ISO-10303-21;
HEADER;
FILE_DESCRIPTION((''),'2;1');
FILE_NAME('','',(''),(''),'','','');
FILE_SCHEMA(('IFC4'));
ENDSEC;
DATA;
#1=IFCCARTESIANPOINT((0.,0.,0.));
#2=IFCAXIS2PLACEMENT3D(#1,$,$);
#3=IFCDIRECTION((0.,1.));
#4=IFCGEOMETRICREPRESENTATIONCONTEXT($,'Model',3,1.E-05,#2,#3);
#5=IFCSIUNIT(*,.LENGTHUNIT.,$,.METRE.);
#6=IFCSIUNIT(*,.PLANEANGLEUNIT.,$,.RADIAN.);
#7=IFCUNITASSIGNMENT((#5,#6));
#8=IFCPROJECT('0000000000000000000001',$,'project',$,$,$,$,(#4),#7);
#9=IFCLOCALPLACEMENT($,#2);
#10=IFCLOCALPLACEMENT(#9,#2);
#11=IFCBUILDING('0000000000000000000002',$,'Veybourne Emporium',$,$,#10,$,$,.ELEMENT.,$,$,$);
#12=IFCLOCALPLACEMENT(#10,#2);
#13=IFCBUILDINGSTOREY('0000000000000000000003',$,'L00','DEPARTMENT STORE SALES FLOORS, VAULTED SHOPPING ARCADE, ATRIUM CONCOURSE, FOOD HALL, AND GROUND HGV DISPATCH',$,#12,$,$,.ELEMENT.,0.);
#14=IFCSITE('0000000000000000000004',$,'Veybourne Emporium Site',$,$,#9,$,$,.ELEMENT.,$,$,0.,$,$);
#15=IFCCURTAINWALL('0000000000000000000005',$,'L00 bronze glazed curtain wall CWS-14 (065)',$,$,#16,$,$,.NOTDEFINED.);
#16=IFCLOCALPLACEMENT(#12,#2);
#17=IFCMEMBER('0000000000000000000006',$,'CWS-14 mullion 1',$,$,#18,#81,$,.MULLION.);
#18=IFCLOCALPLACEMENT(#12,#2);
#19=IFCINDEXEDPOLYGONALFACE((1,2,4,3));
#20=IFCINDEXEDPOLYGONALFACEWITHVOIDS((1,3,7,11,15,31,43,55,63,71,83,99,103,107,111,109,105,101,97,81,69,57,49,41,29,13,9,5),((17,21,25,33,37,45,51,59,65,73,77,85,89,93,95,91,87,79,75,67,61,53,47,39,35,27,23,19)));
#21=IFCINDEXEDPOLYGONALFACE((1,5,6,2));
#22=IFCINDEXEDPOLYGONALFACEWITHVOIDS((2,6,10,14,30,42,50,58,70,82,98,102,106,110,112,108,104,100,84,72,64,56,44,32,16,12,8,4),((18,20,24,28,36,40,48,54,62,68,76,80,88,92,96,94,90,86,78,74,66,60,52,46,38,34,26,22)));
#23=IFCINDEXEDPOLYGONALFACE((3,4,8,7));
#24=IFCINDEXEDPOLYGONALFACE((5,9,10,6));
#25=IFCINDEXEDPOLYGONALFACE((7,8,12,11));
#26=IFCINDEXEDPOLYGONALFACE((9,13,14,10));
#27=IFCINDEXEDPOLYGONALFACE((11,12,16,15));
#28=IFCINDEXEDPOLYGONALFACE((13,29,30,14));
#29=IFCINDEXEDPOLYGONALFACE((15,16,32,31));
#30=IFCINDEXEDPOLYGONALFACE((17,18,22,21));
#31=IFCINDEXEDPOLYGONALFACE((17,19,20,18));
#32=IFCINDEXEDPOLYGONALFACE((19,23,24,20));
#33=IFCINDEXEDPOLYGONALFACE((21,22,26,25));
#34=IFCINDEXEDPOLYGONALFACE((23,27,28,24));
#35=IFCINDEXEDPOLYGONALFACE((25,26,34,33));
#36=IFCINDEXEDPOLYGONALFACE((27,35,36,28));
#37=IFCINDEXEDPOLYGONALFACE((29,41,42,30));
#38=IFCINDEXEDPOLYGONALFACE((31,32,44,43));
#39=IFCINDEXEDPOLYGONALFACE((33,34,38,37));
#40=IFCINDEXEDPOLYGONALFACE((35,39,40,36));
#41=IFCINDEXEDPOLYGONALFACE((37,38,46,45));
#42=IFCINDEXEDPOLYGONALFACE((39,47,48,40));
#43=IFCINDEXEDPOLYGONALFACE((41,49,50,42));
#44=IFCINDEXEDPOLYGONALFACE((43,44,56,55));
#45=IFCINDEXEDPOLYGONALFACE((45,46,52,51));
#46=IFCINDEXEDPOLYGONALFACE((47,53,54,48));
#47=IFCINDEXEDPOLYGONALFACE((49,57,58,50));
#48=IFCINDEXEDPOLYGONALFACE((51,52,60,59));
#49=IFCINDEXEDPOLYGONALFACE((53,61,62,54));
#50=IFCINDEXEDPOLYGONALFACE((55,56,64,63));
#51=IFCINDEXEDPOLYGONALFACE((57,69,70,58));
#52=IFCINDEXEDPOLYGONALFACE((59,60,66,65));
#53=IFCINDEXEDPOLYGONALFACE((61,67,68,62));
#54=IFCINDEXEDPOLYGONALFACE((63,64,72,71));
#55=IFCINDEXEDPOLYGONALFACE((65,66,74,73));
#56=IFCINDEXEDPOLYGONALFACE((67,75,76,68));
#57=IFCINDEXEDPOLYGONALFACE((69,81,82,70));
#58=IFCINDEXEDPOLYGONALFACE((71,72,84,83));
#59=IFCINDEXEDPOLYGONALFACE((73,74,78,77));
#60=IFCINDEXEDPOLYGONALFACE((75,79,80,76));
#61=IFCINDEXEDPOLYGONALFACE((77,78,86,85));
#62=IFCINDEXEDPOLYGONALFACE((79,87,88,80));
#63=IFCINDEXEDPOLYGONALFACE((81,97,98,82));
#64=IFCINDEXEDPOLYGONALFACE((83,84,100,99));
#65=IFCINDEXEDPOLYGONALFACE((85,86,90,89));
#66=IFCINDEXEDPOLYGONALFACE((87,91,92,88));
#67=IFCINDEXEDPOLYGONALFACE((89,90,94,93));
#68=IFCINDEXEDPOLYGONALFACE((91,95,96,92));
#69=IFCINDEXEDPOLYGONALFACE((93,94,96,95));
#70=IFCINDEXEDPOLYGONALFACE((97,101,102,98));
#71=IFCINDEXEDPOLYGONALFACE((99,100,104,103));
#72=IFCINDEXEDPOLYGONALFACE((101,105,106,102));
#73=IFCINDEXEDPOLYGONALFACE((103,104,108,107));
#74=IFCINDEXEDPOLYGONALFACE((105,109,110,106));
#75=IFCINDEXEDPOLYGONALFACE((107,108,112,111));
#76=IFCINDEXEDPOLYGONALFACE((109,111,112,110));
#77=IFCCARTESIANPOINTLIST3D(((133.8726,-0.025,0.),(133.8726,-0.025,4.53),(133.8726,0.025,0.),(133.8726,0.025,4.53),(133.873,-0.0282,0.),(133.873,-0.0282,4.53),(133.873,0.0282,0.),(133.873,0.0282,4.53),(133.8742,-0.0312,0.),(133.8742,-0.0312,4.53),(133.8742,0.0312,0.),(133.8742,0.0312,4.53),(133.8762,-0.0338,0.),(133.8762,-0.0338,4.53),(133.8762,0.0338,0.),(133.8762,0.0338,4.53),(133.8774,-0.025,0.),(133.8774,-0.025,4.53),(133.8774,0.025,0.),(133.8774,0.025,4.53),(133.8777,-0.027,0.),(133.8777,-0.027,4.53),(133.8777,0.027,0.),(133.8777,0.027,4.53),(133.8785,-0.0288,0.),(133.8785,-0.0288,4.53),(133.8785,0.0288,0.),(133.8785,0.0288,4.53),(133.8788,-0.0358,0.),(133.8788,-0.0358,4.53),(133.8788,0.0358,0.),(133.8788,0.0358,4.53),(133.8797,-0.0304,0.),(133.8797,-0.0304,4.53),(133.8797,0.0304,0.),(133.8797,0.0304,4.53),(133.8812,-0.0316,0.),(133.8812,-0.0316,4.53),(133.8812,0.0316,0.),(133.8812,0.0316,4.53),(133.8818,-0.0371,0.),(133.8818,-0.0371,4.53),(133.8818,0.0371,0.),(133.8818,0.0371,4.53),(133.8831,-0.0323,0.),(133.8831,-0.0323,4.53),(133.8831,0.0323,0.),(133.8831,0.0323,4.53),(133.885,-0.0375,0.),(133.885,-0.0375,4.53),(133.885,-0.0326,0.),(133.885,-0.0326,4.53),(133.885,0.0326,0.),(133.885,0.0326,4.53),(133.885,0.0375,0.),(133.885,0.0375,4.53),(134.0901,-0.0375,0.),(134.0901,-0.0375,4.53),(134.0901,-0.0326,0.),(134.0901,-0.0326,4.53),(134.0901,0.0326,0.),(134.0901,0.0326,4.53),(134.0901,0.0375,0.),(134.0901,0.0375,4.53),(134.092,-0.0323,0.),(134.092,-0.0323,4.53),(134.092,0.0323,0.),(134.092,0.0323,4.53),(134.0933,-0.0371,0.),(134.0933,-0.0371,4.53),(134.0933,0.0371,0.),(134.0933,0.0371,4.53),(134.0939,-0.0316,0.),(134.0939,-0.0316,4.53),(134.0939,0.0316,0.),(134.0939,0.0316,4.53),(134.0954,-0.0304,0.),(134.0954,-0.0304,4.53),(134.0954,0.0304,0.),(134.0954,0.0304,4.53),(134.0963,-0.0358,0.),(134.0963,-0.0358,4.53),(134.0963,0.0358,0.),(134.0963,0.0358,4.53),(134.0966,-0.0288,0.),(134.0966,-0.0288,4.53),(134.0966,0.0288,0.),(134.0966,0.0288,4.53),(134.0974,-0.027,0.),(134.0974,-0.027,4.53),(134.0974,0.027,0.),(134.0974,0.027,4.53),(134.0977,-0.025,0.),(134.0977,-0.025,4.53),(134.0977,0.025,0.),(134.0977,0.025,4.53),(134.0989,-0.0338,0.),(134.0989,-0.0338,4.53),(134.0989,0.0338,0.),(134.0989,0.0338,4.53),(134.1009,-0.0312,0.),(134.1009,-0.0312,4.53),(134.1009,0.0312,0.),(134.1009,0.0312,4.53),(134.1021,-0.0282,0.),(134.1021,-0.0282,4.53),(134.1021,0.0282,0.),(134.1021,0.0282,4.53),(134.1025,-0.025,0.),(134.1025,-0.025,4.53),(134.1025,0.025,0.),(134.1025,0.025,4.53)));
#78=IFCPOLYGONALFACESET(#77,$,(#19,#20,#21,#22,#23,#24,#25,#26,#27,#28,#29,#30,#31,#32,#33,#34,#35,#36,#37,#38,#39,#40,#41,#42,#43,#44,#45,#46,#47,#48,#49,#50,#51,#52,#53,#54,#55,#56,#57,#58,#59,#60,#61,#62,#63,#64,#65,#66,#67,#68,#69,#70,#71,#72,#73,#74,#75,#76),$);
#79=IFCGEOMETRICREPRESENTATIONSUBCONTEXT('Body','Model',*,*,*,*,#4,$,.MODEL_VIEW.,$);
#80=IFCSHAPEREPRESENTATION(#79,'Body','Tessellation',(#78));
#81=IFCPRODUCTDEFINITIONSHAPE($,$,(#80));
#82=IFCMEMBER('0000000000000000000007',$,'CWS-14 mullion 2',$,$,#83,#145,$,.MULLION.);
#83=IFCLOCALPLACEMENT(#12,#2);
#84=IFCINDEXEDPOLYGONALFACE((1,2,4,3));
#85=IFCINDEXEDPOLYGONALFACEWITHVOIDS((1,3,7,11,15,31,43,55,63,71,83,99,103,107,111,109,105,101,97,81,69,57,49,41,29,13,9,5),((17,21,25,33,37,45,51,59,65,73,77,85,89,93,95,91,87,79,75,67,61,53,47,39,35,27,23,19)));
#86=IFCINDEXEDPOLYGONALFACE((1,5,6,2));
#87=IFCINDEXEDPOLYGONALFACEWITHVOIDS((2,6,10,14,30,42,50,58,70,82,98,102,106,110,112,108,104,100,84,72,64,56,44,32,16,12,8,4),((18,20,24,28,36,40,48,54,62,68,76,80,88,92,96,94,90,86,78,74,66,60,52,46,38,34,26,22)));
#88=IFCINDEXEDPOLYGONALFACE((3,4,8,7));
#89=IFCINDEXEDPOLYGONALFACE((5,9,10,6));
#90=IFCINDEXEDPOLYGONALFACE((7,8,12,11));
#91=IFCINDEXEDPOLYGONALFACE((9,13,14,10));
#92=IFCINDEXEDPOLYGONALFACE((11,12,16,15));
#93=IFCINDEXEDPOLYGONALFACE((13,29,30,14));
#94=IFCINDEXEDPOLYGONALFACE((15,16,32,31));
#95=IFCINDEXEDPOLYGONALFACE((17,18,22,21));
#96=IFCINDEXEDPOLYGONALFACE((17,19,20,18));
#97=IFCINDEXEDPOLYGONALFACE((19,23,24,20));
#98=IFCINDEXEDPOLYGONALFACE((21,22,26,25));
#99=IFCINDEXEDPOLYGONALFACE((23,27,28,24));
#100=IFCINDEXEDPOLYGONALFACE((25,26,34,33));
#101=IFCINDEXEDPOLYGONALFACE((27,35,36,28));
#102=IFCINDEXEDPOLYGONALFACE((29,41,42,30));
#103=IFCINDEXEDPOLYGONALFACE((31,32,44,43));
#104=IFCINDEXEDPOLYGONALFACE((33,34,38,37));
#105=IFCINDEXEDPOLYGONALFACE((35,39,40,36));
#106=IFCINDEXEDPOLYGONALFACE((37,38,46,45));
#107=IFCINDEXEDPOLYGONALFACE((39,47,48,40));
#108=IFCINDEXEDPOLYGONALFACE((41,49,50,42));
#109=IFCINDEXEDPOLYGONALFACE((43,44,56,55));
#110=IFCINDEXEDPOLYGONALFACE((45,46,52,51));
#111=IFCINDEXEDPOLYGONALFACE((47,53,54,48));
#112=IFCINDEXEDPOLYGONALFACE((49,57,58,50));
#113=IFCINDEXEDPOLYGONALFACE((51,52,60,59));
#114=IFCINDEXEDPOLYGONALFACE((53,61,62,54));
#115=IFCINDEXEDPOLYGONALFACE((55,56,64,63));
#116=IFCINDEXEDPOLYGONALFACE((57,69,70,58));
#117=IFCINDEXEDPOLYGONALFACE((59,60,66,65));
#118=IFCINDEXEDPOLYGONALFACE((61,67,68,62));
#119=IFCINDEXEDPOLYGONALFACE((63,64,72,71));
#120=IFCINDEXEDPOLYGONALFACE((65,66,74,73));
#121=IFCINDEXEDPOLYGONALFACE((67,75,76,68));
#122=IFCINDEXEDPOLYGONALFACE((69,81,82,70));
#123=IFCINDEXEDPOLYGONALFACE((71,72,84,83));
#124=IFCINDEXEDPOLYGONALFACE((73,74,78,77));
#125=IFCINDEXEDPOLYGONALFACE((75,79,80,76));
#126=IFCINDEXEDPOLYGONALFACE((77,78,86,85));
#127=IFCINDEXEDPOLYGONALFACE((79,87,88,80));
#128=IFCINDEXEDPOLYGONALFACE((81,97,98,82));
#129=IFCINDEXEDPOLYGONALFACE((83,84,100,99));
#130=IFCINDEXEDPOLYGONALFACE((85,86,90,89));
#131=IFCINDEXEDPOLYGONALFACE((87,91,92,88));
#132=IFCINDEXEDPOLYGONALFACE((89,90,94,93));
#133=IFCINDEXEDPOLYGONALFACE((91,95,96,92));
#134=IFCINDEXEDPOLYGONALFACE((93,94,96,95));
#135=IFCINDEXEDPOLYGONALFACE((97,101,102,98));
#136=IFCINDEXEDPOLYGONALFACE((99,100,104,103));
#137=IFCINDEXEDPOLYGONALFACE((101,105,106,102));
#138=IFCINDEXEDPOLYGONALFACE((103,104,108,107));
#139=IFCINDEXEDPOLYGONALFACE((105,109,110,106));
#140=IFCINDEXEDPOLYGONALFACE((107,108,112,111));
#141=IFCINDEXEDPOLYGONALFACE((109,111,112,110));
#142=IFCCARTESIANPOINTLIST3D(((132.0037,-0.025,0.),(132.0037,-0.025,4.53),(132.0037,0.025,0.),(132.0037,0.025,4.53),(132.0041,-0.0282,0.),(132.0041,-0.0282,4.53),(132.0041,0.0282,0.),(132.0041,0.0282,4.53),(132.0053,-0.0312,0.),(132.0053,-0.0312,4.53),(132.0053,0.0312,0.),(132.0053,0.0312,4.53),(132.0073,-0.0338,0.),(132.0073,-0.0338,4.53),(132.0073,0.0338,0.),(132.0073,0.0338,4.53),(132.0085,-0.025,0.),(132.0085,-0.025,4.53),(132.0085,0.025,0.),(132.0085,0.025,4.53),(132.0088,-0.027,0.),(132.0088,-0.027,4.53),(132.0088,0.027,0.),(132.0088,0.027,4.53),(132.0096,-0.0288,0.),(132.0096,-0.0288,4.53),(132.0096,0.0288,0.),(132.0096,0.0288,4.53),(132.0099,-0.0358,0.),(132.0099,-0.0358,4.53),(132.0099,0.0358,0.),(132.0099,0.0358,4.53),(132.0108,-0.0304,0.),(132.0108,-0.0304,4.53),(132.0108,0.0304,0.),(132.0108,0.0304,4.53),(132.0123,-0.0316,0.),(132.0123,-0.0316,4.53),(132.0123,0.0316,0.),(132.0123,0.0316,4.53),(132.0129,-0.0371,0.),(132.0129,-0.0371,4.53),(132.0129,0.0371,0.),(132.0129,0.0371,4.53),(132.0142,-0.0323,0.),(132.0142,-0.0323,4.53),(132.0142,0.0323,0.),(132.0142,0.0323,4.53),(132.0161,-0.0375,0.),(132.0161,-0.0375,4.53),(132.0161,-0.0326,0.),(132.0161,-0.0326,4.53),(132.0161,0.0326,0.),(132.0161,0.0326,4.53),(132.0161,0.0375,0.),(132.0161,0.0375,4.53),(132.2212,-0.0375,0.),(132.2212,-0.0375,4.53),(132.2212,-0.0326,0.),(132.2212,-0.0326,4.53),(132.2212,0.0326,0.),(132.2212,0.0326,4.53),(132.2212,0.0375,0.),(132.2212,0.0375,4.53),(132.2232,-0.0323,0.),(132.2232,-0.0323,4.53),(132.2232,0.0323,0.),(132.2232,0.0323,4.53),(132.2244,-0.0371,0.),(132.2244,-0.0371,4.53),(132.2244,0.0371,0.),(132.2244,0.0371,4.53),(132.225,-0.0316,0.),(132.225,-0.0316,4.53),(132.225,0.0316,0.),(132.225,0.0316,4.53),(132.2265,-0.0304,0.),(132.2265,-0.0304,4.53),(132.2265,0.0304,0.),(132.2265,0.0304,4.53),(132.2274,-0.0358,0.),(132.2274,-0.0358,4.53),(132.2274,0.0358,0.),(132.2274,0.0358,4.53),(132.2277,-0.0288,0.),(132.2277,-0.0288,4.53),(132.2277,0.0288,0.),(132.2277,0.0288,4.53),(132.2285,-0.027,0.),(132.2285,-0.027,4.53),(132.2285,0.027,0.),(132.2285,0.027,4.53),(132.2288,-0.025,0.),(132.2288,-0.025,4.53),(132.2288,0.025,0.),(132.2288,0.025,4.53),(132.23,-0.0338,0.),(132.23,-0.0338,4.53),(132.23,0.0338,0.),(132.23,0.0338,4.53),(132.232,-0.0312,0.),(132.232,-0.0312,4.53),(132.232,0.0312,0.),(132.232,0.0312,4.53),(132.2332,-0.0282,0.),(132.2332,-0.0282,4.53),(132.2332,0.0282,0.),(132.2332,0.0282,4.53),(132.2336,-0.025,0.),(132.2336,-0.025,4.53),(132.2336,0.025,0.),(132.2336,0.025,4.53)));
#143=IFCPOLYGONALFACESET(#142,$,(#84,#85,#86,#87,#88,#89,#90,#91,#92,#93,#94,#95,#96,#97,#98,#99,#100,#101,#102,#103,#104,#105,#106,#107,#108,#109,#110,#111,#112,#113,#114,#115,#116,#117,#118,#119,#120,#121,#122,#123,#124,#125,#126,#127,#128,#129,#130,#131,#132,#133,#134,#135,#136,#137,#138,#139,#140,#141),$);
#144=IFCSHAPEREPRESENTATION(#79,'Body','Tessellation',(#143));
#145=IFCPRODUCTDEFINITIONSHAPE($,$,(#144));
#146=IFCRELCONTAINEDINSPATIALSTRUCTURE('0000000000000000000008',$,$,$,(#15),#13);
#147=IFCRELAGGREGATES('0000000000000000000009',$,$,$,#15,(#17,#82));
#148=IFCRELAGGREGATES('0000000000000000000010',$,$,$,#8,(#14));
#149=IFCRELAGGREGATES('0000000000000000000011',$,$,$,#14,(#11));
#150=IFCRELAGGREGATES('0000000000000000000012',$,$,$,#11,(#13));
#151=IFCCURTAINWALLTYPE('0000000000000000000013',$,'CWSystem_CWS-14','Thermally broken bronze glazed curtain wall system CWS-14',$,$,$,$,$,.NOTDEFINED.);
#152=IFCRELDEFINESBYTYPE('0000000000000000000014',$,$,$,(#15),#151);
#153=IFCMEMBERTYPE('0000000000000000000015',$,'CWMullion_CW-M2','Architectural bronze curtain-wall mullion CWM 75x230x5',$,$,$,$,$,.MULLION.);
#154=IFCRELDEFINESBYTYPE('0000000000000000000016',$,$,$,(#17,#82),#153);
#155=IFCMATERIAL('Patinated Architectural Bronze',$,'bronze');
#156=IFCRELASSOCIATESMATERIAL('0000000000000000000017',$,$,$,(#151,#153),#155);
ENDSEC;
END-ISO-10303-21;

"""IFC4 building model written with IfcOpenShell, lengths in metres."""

from ifc_helpers import new_model, si_unit, direction, frame, origin, origin_2d, place, context, subcontext, project, spatial, hollow_rectangle, extrude, material, material_profile, profile_set, type_object, element, aggregate, save


model = new_model("IFC4")

# Units and contexts
model_context = context("Model", 3, precision=1e-05, world=origin(), true_north=direction((0.0, 1.0)))
body_context = subcontext(model_context, "Body", "Model", "MODEL_VIEW")
ifc_project = project(units=[si_unit("LENGTHUNIT", "METRE"), si_unit("PLANEANGLEUNIT", "RADIAN")], contexts=[model_context])

# Site, building, storey
site_placement = place(None, origin())
site = spatial("IfcSite", under=ifc_project, at=site_placement, Name="Veybourne Emporium Site", CompositionType="ELEMENT", RefElevation=0.0)
building_placement = place(site_placement, origin())
building = spatial("IfcBuilding", under=site, at=building_placement, Name="Veybourne Emporium", CompositionType="ELEMENT")
storey_placement = place(building_placement, origin())
storey = spatial("IfcBuildingStorey", under=building, at=storey_placement, Name="L00", Description="DEPARTMENT STORE SALES FLOORS, VAULTED SHOPPING ARCADE, ATRIUM CONCOURSE, FOOD HALL, AND GROUND HGV DISPATCH", CompositionType="ELEMENT", Elevation=0.0)

# Curtain wall, members
ifc_material_1 = material(Name="Patinated Architectural Bronze", Category="bronze")
curtain_wall_type = type_object("IfcCurtainWallType", Name="CWSystem_CWS-14", Description="Thermally broken bronze glazed curtain wall system CWS-14", PredefinedType="NOTDEFINED", material=ifc_material_1)
curtain_wall_placement = place(storey_placement, origin())
curtain_wall = element("IfcCurtainWall", 1, at=curtain_wall_placement, inside=storey, type_object=curtain_wall_type, Name="L00 bronze glazed curtain wall CWS-14 (065)", PredefinedType="NOTDEFINED")
ifc_material_profile_1 = material_profile(ifc_material_1, hollow_rectangle(XDim=0.075, YDim=0.23, WallThickness=0.0049, InnerFilletRadius=0.0076, OuterFilletRadius=0.0125, at=origin_2d()), Name="CWM 75x230x5")
ifc_profile_set_1 = profile_set([ifc_material_profile_1], Name="Patinated Architectural Bronze")
member_type_1 = type_object("IfcMemberType", Name="CWMullion_CW-M2", Description="Architectural bronze curtain-wall mullion CWM 75x230x5", PredefinedType="MULLION", material=ifc_profile_set_1)
member_1_placement = place(storey_placement, frame((133.9875, 0.0, 0.0), z_axis=(0.0, 0.0, 1.0), x_axis=(0.0, -1.0, 0.0)))
member_1 = element("IfcMember", 2, at=member_1_placement, type_object=member_type_1, Name="CWS-14 mullion 1", PredefinedType="MULLION", context=body_context, shape_type="SweptSolid", body=[
    extrude(hollow_rectangle(XDim=0.075, YDim=0.23, WallThickness=0.0049, InnerFilletRadius=0.0076, OuterFilletRadius=0.0125, at=origin_2d()), origin(), (0.0, 0.0, 1.0), 4.53),
])
member_2_placement = place(storey_placement, frame((132.1187, 0.0, 0.0), z_axis=(0.0, 0.0, 1.0), x_axis=(0.0, -1.0, 0.0)))
member_2 = element("IfcMember", 3, at=member_2_placement, type_object=member_type_1, Name="CWS-14 mullion 2", PredefinedType="MULLION", context=body_context, shape_type="SweptSolid", body=[
    extrude(hollow_rectangle(XDim=0.075, YDim=0.23, WallThickness=0.0049, InnerFilletRadius=0.0076, OuterFilletRadius=0.0125, at=origin_2d()), origin(), (0.0, 0.0, 1.0), 4.53),
])

aggregate(curtain_wall, [member_1, member_2])

save(model, "model.ifc")
